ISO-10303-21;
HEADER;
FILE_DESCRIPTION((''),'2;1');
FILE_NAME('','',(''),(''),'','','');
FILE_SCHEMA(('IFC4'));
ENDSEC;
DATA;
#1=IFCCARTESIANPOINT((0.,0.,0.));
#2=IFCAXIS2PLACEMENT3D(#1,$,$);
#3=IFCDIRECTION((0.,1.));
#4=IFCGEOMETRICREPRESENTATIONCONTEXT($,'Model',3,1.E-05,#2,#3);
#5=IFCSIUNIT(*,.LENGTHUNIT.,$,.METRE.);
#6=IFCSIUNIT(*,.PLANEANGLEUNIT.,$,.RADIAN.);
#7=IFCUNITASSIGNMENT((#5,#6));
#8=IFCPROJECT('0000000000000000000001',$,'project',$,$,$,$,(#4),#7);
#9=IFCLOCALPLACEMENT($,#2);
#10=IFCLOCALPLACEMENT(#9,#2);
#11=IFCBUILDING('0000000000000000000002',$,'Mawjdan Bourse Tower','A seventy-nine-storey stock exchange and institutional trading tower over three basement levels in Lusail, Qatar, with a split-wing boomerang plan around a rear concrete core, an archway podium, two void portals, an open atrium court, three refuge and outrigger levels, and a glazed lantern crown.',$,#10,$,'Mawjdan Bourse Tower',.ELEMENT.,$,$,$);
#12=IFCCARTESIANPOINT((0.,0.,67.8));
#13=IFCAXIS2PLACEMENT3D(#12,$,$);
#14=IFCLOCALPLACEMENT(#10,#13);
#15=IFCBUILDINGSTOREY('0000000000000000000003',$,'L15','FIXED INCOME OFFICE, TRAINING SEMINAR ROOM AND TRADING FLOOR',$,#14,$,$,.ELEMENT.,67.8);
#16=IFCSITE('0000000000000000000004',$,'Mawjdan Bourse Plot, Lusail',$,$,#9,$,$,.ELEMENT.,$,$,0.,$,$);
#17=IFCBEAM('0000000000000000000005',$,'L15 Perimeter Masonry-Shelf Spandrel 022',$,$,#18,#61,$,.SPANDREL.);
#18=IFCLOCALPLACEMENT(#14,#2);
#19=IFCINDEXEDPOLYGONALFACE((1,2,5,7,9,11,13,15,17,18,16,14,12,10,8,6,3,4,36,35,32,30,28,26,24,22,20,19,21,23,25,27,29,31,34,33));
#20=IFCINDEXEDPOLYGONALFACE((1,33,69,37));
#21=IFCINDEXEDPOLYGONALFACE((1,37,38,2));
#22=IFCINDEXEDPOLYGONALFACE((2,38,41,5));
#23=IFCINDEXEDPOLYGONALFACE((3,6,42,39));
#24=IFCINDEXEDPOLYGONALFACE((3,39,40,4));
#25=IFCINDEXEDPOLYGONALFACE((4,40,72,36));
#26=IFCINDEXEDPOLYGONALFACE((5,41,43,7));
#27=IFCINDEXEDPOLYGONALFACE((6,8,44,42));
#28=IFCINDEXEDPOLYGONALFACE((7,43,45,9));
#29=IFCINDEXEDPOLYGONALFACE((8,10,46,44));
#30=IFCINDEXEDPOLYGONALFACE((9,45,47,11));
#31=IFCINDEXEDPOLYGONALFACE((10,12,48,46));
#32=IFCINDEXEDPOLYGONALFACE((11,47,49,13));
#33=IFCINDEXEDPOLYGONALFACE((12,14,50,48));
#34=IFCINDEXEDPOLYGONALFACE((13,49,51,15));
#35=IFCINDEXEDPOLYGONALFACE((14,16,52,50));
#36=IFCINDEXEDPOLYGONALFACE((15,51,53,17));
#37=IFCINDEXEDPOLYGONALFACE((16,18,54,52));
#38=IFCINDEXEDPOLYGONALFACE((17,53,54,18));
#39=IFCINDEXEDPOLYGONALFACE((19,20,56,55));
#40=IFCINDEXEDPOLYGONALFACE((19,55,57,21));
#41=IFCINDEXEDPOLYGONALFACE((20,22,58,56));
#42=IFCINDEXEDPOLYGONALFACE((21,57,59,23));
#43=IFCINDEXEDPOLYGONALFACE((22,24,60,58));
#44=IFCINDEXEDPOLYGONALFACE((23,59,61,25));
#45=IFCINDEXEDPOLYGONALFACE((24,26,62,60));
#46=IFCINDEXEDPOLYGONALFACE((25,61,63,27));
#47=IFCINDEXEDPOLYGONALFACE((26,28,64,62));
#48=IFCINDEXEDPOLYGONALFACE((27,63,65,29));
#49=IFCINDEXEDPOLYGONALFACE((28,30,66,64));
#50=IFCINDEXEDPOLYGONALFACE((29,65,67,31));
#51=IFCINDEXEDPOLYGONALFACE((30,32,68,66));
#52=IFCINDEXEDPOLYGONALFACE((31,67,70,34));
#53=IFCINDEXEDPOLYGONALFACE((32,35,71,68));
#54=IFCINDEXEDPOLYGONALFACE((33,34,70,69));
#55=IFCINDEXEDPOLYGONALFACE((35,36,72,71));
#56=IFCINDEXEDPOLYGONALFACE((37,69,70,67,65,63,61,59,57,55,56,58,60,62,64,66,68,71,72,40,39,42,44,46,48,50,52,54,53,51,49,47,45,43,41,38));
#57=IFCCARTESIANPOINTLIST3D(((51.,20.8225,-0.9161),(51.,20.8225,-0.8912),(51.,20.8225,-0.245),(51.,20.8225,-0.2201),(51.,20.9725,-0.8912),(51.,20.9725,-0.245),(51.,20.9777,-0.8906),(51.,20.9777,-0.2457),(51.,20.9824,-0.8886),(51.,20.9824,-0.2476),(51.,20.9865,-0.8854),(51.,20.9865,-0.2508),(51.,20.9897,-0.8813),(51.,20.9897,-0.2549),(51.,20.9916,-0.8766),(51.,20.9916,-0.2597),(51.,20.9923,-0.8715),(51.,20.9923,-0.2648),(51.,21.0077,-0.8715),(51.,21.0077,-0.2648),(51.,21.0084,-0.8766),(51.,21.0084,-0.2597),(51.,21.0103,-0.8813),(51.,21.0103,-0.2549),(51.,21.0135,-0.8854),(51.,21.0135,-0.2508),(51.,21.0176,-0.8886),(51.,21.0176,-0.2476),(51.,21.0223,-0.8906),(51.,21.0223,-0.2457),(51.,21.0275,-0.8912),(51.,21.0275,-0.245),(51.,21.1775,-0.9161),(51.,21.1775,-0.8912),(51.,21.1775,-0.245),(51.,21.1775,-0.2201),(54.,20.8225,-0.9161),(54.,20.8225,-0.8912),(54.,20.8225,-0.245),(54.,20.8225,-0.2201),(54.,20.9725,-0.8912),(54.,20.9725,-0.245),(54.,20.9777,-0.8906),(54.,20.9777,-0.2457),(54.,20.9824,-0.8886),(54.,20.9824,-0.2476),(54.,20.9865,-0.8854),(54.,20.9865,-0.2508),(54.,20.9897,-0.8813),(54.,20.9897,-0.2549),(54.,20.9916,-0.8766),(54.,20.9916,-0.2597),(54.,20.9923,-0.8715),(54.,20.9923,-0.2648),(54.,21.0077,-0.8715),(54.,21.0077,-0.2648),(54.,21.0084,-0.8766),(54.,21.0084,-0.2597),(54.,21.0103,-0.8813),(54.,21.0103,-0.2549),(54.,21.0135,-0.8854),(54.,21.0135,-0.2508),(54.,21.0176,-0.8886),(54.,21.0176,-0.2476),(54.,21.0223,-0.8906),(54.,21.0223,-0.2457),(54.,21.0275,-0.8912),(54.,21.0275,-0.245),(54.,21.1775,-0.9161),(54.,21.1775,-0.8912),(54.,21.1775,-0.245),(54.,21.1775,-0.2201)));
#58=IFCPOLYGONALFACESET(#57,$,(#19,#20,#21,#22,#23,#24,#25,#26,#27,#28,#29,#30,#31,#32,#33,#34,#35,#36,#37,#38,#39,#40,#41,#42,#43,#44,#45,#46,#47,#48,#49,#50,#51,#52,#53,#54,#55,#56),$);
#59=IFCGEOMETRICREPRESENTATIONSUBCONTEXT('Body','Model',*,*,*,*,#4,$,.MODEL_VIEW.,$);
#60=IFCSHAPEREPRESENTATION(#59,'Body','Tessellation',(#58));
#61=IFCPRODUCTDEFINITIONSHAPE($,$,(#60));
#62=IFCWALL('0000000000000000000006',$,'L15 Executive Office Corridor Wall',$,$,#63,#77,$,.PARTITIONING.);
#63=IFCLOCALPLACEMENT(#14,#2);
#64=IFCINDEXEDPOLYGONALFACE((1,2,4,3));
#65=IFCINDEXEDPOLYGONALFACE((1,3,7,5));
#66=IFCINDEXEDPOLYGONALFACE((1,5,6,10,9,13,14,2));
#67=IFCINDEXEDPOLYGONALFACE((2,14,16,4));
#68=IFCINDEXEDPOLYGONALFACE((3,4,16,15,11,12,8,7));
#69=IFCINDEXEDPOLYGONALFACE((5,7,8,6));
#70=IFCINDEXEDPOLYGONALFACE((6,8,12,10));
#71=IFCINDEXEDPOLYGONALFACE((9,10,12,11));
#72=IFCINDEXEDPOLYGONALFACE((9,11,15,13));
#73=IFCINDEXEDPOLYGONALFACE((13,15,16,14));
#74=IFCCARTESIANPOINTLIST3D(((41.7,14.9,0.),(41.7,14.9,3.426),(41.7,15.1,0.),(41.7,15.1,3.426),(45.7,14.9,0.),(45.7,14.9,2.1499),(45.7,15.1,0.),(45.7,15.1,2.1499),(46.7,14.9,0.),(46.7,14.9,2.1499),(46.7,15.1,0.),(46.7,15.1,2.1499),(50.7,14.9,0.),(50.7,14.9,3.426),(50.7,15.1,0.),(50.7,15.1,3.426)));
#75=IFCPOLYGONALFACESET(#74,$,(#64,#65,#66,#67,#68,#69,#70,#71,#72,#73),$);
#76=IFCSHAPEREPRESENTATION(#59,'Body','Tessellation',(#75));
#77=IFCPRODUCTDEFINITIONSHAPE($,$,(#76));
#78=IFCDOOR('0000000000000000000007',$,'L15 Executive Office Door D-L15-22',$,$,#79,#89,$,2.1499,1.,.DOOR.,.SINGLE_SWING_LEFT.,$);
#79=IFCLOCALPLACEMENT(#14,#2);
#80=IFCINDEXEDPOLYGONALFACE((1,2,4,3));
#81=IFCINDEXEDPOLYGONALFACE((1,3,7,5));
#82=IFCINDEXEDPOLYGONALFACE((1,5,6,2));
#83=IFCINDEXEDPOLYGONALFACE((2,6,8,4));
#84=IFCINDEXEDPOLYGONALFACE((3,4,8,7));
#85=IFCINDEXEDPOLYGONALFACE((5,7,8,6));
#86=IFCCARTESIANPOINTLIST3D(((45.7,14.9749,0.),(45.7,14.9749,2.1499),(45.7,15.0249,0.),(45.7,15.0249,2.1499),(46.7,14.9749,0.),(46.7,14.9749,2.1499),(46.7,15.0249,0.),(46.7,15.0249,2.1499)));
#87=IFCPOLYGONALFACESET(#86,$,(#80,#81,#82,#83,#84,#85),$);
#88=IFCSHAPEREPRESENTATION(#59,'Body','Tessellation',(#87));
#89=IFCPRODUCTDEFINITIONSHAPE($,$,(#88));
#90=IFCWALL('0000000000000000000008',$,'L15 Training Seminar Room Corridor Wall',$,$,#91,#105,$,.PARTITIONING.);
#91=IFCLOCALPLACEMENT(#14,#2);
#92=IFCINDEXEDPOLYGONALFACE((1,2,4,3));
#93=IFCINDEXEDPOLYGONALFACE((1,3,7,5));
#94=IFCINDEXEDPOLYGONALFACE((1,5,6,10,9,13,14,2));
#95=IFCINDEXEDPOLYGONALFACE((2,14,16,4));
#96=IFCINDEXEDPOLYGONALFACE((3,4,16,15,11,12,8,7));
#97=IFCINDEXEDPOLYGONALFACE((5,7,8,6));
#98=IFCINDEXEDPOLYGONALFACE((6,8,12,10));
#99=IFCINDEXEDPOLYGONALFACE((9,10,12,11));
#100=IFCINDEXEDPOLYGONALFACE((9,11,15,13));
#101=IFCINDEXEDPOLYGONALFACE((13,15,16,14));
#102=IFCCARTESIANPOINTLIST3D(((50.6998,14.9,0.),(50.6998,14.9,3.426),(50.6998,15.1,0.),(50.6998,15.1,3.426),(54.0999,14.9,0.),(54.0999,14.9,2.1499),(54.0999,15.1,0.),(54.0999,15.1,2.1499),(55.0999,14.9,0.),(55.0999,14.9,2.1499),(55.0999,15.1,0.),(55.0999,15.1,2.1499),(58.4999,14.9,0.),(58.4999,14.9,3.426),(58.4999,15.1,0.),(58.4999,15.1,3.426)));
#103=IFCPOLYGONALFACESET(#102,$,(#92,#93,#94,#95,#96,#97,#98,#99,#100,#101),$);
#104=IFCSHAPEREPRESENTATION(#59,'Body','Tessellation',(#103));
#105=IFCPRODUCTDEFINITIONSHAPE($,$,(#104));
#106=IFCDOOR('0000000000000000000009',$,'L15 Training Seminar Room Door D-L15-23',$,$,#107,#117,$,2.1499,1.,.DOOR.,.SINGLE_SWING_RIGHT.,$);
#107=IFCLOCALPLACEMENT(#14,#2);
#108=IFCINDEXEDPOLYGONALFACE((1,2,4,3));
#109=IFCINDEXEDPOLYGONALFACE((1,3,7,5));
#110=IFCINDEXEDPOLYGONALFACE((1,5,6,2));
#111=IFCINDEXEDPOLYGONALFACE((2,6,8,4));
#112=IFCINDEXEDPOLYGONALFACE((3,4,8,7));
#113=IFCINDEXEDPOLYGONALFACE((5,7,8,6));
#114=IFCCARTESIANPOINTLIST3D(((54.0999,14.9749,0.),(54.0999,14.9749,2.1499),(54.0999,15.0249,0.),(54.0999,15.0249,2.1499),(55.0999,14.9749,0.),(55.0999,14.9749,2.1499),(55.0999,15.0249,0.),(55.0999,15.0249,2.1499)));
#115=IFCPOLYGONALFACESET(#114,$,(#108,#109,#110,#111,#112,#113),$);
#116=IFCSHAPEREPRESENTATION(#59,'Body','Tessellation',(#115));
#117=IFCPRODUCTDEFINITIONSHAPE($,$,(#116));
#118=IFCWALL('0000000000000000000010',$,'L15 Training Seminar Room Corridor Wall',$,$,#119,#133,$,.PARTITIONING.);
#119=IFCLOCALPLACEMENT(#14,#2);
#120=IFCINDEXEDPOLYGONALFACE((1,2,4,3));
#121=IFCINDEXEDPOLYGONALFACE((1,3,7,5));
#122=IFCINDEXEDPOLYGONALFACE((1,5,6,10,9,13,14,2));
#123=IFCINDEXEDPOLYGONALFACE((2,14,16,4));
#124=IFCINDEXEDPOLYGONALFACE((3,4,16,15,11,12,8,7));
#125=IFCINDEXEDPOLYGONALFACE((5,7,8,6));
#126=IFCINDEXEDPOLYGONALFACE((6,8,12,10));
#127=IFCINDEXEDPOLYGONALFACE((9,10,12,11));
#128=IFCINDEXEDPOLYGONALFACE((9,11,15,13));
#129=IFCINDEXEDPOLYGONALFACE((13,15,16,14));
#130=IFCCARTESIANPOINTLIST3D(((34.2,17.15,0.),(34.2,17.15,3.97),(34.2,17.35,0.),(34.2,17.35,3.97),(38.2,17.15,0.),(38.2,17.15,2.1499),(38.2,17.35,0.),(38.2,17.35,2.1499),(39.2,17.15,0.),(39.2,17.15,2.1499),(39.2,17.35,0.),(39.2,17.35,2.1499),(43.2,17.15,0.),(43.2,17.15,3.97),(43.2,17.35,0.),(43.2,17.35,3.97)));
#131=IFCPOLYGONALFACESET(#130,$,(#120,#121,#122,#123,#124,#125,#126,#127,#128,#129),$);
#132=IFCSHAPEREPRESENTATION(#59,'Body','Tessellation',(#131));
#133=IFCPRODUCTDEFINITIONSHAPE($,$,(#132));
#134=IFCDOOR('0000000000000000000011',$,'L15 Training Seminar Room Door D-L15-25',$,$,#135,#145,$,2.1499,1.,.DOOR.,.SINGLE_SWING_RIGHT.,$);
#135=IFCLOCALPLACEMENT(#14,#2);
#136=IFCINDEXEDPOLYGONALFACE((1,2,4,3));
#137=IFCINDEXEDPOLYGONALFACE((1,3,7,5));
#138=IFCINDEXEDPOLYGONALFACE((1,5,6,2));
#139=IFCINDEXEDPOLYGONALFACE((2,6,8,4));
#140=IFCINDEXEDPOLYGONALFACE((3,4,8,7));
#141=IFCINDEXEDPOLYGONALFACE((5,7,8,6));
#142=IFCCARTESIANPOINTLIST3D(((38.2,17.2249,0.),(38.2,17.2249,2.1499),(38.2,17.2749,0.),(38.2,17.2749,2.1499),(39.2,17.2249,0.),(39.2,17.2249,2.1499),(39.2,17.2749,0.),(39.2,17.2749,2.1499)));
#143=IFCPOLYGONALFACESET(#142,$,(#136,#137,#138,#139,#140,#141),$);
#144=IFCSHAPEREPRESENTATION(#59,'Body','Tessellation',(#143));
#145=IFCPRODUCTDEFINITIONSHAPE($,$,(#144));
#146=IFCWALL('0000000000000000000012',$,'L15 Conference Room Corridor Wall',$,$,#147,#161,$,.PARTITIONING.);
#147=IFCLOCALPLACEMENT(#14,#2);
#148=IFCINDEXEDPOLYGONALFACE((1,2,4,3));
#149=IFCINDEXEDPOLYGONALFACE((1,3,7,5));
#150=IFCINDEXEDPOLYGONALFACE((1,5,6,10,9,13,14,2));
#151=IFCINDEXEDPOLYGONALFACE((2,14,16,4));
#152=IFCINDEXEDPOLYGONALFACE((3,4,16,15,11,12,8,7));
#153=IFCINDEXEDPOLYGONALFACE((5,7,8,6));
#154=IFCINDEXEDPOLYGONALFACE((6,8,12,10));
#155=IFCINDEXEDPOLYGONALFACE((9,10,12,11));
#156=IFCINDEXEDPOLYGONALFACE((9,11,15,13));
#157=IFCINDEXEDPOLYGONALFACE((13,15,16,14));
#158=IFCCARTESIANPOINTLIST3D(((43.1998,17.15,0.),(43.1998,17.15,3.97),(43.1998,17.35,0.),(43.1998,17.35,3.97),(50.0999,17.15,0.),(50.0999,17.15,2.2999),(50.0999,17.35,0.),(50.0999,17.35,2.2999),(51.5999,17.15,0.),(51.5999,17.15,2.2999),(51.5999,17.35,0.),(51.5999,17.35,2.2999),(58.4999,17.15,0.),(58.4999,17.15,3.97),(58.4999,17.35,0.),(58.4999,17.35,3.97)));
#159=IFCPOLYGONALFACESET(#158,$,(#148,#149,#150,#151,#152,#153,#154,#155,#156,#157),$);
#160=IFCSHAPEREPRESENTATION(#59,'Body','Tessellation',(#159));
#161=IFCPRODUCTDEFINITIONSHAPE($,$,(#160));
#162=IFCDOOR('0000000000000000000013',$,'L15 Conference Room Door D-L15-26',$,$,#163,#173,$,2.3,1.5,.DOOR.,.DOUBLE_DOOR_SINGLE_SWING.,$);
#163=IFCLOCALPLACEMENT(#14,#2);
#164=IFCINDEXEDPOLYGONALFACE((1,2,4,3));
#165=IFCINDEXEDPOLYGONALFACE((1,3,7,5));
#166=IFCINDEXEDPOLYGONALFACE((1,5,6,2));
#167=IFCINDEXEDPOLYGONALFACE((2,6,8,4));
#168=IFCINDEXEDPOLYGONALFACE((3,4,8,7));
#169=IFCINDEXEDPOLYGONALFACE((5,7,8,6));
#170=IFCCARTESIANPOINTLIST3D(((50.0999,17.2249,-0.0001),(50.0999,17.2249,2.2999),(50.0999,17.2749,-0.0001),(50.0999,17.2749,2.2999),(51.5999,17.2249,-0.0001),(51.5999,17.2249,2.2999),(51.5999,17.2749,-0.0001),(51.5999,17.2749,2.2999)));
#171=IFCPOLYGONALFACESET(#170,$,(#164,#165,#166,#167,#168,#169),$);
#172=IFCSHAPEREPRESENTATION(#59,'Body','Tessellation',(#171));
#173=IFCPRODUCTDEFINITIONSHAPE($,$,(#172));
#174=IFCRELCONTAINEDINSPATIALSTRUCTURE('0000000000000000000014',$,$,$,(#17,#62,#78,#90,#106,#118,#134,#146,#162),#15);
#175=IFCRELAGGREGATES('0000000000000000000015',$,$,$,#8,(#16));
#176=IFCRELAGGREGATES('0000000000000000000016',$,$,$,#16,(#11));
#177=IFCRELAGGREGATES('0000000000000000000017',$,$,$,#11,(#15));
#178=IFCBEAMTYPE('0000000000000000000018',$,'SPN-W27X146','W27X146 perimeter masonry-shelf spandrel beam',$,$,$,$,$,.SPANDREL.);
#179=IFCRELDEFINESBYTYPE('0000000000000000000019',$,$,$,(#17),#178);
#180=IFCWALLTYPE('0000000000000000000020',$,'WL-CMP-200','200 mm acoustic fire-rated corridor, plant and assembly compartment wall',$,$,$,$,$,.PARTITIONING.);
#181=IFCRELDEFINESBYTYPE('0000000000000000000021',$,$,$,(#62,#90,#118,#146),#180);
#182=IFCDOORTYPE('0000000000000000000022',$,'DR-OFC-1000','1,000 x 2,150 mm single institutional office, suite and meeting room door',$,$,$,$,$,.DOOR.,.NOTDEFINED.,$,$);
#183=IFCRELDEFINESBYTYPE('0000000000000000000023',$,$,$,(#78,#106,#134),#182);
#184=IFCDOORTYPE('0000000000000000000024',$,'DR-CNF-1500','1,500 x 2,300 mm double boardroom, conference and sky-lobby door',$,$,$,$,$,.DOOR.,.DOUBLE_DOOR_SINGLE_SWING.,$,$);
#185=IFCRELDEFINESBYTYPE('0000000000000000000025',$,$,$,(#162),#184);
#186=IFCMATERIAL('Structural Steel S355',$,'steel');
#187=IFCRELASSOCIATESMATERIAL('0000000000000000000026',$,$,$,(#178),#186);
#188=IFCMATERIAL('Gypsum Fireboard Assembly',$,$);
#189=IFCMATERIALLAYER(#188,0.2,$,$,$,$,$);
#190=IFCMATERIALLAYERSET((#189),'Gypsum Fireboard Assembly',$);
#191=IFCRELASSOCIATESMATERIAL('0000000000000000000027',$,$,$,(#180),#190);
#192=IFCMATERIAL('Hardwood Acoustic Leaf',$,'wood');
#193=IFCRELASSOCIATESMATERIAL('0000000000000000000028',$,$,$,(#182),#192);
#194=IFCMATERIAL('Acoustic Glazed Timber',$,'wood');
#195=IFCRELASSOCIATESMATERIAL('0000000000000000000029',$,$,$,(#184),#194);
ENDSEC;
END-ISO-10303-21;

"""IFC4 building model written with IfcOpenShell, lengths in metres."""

from ifc_helpers import new_model, si_unit, direction, frame, frame_2d, origin, origin_2d, place, context, subcontext, project, spatial, rectangle, i_section, extrude, material, layer, layer_set, material_profile, profile_set, type_object, element, fill, save


model = new_model("IFC4")

# Units and contexts
model_context = context("Model", 3, precision=1e-05, world=origin(), true_north=direction((0.0, 1.0)))
body_context = subcontext(model_context, "Body", "Model", "MODEL_VIEW")
ifc_project = project(units=[si_unit("LENGTHUNIT", "METRE"), si_unit("PLANEANGLEUNIT", "RADIAN")], contexts=[model_context])

# Site, building, storey
site_placement = place(None, origin())
site = spatial("IfcSite", under=ifc_project, at=site_placement, Name="Mawjdan Bourse Plot, Lusail", CompositionType="ELEMENT", RefElevation=0.0)
building_placement = place(site_placement, origin())
building = spatial("IfcBuilding", under=site, at=building_placement, Name="Mawjdan Bourse Tower", Description="A seventy-nine-storey stock exchange and institutional trading tower over three basement levels in Lusail, Qatar, with a split-wing boomerang plan around a rear concrete core, an archway podium, two void portals, an open atrium court, three refuge and outrigger levels, and a glazed lantern crown.", LongName="Mawjdan Bourse Tower", CompositionType="ELEMENT")
storey_placement = place(building_placement, frame((0.0, 0.0, 67.8)))
storey = spatial("IfcBuildingStorey", under=building, at=storey_placement, Name="L15", Description="FIXED INCOME OFFICE, TRAINING SEMINAR ROOM AND TRADING FLOOR", CompositionType="ELEMENT", Elevation=67.8)

# Beam
ifc_material_1 = material(Name="Structural Steel S355", Category="steel")
ifc_material_profile_1 = material_profile(ifc_material_1, i_section(OverallWidth=0.355, OverallDepth=0.696, WebThickness=0.0154, FlangeThickness=0.0249, FilletRadius=0.0198, at=origin_2d()), Name="W27X146")
ifc_profile_set_1 = profile_set([ifc_material_profile_1], Name="Structural Steel S355")
beam_type_1 = type_object("IfcBeamType", Name="SPN-W27X146", Description="W27X146 perimeter masonry-shelf spandrel beam", PredefinedType="SPANDREL", material=ifc_profile_set_1)
for number, where, z_axis, x_axis, name in (
    (1, (51.0, 21.0, -0.5681), (1.0, 0.0, 0.0), (0.0, 1.0, 0.0), "L15 Perimeter Masonry-Shelf Spandrel 022"),
):
    element("IfcBeam", number, at=place(storey_placement, frame(where, z_axis=z_axis, x_axis=x_axis)), inside=storey, type_object=beam_type_1, Name=name, PredefinedType="SPANDREL", context=body_context, shape_type="SweptSolid", body=[
        extrude(i_section(OverallWidth=0.355, OverallDepth=0.696, WebThickness=0.0154, FlangeThickness=0.0249, FilletRadius=0.0198, at=origin_2d()), origin(), (0.0, 0.0, 1.0), 3.0),
    ])

# Walls, openings, doors
ifc_material_2 = material(Name="Gypsum Fireboard Assembly")
ifc_layer_1 = layer(ifc_material_2, 0.2)
ifc_layer_set_1 = layer_set([ifc_layer_1], Name="Gypsum Fireboard Assembly")
wall_type_1 = type_object("IfcWallType", Name="WL-CMP-200", Description="200 mm acoustic fire-rated corridor, plant and assembly compartment wall", PredefinedType="PARTITIONING", material=ifc_layer_set_1)
wall_1_placement = place(storey_placement, frame((41.7, 15.0, 0.0), z_axis=(0.0, 0.0, 1.0), x_axis=(1.0, 0.0, 0.0)))
wall_1 = element("IfcWall", 2, at=wall_1_placement, inside=storey, type_object=wall_type_1, Name="L15 Executive Office Corridor Wall", PredefinedType="PARTITIONING", context=body_context, shape_type="SweptSolid", body=[
    extrude(rectangle(XDim=9.0, YDim=0.2, at=frame_2d((4.5, 0.0))), origin(), (0.0, 0.0, 1.0), 3.426),
])
opening_1_placement = place(wall_1_placement, frame((4.0, 0.0, 0.0)))
opening_1 = element("IfcOpeningElement", 3, at=opening_1_placement, cuts=wall_1, PredefinedType="OPENING", context=body_context, shape_type="SweptSolid", body=[
    extrude(rectangle(XDim=1.0, YDim=2.1499, at=frame_2d((0.5, 1.075))), frame((0.0, 0.1099, 0.0), z_axis=(0.0, -1.0, 0.0), x_axis=(1.0, 0.0, 0.0)), (0.0, 0.0, 1.0), 0.22),
])
ifc_material_3 = material(Name="Hardwood Acoustic Leaf", Category="wood")
door_type_1 = type_object("IfcDoorType", Name="DR-OFC-1000", Description="1,000 x 2,150 mm single institutional office, suite and meeting room door", OperationType="NOTDEFINED", PredefinedType="DOOR", material=ifc_material_3)
door_1_placement = place(opening_1_placement, origin())
door_1 = element("IfcDoor", 4, at=door_1_placement, inside=storey, type_object=door_type_1, Name="L15 Executive Office Door D-L15-22", OperationType="SINGLE_SWING_LEFT", OverallHeight=2.1499, OverallWidth=1.0, PredefinedType="DOOR", context=body_context, shape_type="SweptSolid", body=[
    extrude(rectangle(XDim=1.0, YDim=2.1499, at=frame_2d((0.5, 1.075))), frame((0.0, 0.0249, 0.0), z_axis=(0.0, -1.0, 0.0), x_axis=(1.0, 0.0, 0.0)), (0.0, 0.0, 1.0), 0.05),
])
fill(opening_1, door_1)
wall_2_placement = place(storey_placement, frame((50.7, 15.0, 0.0), z_axis=(0.0, 0.0, 1.0), x_axis=(1.0, 0.0, 0.0)))
wall_2 = element("IfcWall", 5, at=wall_2_placement, inside=storey, type_object=wall_type_1, Name="L15 Training Seminar Room Corridor Wall", PredefinedType="PARTITIONING", context=body_context, shape_type="SweptSolid", body=[
    extrude(rectangle(XDim=7.8, YDim=0.2, at=frame_2d((3.8999, 0.0))), origin(), (0.0, 0.0, 1.0), 3.426),
])
opening_2_placement = place(wall_2_placement, frame((3.3999, 0.0, 0.0)))
opening_2 = element("IfcOpeningElement", 6, at=opening_2_placement, cuts=wall_2, PredefinedType="OPENING", context=body_context, shape_type="SweptSolid", body=[
    extrude(rectangle(XDim=1.0, YDim=2.1499, at=frame_2d((0.5, 1.075))), frame((0.0, 0.1099, 0.0), z_axis=(0.0, -1.0, 0.0), x_axis=(1.0, 0.0, 0.0)), (0.0, 0.0, 1.0), 0.22),
])
door_2_placement = place(opening_2_placement, origin())
door_2 = element("IfcDoor", 7, at=door_2_placement, inside=storey, type_object=door_type_1, Name="L15 Training Seminar Room Door D-L15-23", OperationType="SINGLE_SWING_RIGHT", OverallHeight=2.1499, OverallWidth=1.0, PredefinedType="DOOR", context=body_context, shape_type="SweptSolid", body=[
    extrude(rectangle(XDim=1.0, YDim=2.1499, at=frame_2d((0.5, 1.075))), frame((0.0, 0.0249, 0.0), z_axis=(0.0, -1.0, 0.0), x_axis=(1.0, 0.0, 0.0)), (0.0, 0.0, 1.0), 0.05),
])
fill(opening_2, door_2)
wall_3_placement = place(storey_placement, frame((34.2, 17.25, 0.0), z_axis=(0.0, 0.0, 1.0), x_axis=(1.0, 0.0, 0.0)))
wall_3 = element("IfcWall", 8, at=wall_3_placement, inside=storey, type_object=wall_type_1, Name="L15 Training Seminar Room Corridor Wall", PredefinedType="PARTITIONING", context=body_context, shape_type="SweptSolid", body=[
    extrude(rectangle(XDim=9.0, YDim=0.2, at=frame_2d((4.5, 0.0))), origin(), (0.0, 0.0, 1.0), 3.97),
])
opening_3_placement = place(wall_3_placement, frame((4.0, 0.0, 0.0)))
opening_3 = element("IfcOpeningElement", 9, at=opening_3_placement, cuts=wall_3, PredefinedType="OPENING", context=body_context, shape_type="SweptSolid", body=[
    extrude(rectangle(XDim=1.0, YDim=2.1499, at=frame_2d((0.5, 1.075))), frame((0.0, 0.1099, 0.0), z_axis=(0.0, -1.0, 0.0), x_axis=(1.0, 0.0, 0.0)), (0.0, 0.0, 1.0), 0.22),
])
door_3_placement = place(opening_3_placement, origin())
door_3 = element("IfcDoor", 10, at=door_3_placement, inside=storey, type_object=door_type_1, Name="L15 Training Seminar Room Door D-L15-25", OperationType="SINGLE_SWING_RIGHT", OverallHeight=2.1499, OverallWidth=1.0, PredefinedType="DOOR", context=body_context, shape_type="SweptSolid", body=[
    extrude(rectangle(XDim=1.0, YDim=2.1499, at=frame_2d((0.5, 1.075))), frame((0.0, 0.0249, 0.0), z_axis=(0.0, -1.0, 0.0), x_axis=(1.0, 0.0, 0.0)), (0.0, 0.0, 1.0), 0.05),
])
fill(opening_3, door_3)
wall_4_placement = place(storey_placement, frame((43.2, 17.25, 0.0), z_axis=(0.0, 0.0, 1.0), x_axis=(1.0, 0.0, 0.0)))
wall_4 = element("IfcWall", 11, at=wall_4_placement, inside=storey, type_object=wall_type_1, Name="L15 Conference Room Corridor Wall", PredefinedType="PARTITIONING", context=body_context, shape_type="SweptSolid", body=[
    extrude(rectangle(XDim=15.3, YDim=0.2, at=frame_2d((7.6499, 0.0))), origin(), (0.0, 0.0, 1.0), 3.97),
])
opening_4_placement = place(wall_4_placement, frame((6.8999, 0.0, 0.0)))
opening_4 = element("IfcOpeningElement", 12, at=opening_4_placement, cuts=wall_4, PredefinedType="OPENING", context=body_context, shape_type="SweptSolid", body=[
    extrude(rectangle(XDim=1.5, YDim=2.3, at=frame_2d((0.75, 1.1499))), frame((0.0, 0.1099, 0.0), z_axis=(0.0, -1.0, 0.0), x_axis=(1.0, 0.0, 0.0)), (0.0, 0.0, 1.0), 0.22),
])
ifc_material_4 = material(Name="Acoustic Glazed Timber", Category="wood")
door_type_2 = type_object("IfcDoorType", Name="DR-CNF-1500", Description="1,500 x 2,300 mm double boardroom, conference and sky-lobby door", OperationType="DOUBLE_DOOR_SINGLE_SWING", PredefinedType="DOOR", material=ifc_material_4)
door_4_placement = place(opening_4_placement, origin())
door_4 = element("IfcDoor", 13, at=door_4_placement, inside=storey, type_object=door_type_2, Name="L15 Conference Room Door D-L15-26", OperationType="DOUBLE_DOOR_SINGLE_SWING", OverallHeight=2.3, OverallWidth=1.5, PredefinedType="DOOR", context=body_context, shape_type="SweptSolid", body=[
    extrude(rectangle(XDim=1.5, YDim=2.3, at=frame_2d((0.75, 1.1499))), frame((0.0, 0.0249, 0.0), z_axis=(0.0, -1.0, 0.0), x_axis=(1.0, 0.0, 0.0)), (0.0, 0.0, 1.0), 0.05),
])
fill(opening_4, door_4)

save(model, "model.ifc")
